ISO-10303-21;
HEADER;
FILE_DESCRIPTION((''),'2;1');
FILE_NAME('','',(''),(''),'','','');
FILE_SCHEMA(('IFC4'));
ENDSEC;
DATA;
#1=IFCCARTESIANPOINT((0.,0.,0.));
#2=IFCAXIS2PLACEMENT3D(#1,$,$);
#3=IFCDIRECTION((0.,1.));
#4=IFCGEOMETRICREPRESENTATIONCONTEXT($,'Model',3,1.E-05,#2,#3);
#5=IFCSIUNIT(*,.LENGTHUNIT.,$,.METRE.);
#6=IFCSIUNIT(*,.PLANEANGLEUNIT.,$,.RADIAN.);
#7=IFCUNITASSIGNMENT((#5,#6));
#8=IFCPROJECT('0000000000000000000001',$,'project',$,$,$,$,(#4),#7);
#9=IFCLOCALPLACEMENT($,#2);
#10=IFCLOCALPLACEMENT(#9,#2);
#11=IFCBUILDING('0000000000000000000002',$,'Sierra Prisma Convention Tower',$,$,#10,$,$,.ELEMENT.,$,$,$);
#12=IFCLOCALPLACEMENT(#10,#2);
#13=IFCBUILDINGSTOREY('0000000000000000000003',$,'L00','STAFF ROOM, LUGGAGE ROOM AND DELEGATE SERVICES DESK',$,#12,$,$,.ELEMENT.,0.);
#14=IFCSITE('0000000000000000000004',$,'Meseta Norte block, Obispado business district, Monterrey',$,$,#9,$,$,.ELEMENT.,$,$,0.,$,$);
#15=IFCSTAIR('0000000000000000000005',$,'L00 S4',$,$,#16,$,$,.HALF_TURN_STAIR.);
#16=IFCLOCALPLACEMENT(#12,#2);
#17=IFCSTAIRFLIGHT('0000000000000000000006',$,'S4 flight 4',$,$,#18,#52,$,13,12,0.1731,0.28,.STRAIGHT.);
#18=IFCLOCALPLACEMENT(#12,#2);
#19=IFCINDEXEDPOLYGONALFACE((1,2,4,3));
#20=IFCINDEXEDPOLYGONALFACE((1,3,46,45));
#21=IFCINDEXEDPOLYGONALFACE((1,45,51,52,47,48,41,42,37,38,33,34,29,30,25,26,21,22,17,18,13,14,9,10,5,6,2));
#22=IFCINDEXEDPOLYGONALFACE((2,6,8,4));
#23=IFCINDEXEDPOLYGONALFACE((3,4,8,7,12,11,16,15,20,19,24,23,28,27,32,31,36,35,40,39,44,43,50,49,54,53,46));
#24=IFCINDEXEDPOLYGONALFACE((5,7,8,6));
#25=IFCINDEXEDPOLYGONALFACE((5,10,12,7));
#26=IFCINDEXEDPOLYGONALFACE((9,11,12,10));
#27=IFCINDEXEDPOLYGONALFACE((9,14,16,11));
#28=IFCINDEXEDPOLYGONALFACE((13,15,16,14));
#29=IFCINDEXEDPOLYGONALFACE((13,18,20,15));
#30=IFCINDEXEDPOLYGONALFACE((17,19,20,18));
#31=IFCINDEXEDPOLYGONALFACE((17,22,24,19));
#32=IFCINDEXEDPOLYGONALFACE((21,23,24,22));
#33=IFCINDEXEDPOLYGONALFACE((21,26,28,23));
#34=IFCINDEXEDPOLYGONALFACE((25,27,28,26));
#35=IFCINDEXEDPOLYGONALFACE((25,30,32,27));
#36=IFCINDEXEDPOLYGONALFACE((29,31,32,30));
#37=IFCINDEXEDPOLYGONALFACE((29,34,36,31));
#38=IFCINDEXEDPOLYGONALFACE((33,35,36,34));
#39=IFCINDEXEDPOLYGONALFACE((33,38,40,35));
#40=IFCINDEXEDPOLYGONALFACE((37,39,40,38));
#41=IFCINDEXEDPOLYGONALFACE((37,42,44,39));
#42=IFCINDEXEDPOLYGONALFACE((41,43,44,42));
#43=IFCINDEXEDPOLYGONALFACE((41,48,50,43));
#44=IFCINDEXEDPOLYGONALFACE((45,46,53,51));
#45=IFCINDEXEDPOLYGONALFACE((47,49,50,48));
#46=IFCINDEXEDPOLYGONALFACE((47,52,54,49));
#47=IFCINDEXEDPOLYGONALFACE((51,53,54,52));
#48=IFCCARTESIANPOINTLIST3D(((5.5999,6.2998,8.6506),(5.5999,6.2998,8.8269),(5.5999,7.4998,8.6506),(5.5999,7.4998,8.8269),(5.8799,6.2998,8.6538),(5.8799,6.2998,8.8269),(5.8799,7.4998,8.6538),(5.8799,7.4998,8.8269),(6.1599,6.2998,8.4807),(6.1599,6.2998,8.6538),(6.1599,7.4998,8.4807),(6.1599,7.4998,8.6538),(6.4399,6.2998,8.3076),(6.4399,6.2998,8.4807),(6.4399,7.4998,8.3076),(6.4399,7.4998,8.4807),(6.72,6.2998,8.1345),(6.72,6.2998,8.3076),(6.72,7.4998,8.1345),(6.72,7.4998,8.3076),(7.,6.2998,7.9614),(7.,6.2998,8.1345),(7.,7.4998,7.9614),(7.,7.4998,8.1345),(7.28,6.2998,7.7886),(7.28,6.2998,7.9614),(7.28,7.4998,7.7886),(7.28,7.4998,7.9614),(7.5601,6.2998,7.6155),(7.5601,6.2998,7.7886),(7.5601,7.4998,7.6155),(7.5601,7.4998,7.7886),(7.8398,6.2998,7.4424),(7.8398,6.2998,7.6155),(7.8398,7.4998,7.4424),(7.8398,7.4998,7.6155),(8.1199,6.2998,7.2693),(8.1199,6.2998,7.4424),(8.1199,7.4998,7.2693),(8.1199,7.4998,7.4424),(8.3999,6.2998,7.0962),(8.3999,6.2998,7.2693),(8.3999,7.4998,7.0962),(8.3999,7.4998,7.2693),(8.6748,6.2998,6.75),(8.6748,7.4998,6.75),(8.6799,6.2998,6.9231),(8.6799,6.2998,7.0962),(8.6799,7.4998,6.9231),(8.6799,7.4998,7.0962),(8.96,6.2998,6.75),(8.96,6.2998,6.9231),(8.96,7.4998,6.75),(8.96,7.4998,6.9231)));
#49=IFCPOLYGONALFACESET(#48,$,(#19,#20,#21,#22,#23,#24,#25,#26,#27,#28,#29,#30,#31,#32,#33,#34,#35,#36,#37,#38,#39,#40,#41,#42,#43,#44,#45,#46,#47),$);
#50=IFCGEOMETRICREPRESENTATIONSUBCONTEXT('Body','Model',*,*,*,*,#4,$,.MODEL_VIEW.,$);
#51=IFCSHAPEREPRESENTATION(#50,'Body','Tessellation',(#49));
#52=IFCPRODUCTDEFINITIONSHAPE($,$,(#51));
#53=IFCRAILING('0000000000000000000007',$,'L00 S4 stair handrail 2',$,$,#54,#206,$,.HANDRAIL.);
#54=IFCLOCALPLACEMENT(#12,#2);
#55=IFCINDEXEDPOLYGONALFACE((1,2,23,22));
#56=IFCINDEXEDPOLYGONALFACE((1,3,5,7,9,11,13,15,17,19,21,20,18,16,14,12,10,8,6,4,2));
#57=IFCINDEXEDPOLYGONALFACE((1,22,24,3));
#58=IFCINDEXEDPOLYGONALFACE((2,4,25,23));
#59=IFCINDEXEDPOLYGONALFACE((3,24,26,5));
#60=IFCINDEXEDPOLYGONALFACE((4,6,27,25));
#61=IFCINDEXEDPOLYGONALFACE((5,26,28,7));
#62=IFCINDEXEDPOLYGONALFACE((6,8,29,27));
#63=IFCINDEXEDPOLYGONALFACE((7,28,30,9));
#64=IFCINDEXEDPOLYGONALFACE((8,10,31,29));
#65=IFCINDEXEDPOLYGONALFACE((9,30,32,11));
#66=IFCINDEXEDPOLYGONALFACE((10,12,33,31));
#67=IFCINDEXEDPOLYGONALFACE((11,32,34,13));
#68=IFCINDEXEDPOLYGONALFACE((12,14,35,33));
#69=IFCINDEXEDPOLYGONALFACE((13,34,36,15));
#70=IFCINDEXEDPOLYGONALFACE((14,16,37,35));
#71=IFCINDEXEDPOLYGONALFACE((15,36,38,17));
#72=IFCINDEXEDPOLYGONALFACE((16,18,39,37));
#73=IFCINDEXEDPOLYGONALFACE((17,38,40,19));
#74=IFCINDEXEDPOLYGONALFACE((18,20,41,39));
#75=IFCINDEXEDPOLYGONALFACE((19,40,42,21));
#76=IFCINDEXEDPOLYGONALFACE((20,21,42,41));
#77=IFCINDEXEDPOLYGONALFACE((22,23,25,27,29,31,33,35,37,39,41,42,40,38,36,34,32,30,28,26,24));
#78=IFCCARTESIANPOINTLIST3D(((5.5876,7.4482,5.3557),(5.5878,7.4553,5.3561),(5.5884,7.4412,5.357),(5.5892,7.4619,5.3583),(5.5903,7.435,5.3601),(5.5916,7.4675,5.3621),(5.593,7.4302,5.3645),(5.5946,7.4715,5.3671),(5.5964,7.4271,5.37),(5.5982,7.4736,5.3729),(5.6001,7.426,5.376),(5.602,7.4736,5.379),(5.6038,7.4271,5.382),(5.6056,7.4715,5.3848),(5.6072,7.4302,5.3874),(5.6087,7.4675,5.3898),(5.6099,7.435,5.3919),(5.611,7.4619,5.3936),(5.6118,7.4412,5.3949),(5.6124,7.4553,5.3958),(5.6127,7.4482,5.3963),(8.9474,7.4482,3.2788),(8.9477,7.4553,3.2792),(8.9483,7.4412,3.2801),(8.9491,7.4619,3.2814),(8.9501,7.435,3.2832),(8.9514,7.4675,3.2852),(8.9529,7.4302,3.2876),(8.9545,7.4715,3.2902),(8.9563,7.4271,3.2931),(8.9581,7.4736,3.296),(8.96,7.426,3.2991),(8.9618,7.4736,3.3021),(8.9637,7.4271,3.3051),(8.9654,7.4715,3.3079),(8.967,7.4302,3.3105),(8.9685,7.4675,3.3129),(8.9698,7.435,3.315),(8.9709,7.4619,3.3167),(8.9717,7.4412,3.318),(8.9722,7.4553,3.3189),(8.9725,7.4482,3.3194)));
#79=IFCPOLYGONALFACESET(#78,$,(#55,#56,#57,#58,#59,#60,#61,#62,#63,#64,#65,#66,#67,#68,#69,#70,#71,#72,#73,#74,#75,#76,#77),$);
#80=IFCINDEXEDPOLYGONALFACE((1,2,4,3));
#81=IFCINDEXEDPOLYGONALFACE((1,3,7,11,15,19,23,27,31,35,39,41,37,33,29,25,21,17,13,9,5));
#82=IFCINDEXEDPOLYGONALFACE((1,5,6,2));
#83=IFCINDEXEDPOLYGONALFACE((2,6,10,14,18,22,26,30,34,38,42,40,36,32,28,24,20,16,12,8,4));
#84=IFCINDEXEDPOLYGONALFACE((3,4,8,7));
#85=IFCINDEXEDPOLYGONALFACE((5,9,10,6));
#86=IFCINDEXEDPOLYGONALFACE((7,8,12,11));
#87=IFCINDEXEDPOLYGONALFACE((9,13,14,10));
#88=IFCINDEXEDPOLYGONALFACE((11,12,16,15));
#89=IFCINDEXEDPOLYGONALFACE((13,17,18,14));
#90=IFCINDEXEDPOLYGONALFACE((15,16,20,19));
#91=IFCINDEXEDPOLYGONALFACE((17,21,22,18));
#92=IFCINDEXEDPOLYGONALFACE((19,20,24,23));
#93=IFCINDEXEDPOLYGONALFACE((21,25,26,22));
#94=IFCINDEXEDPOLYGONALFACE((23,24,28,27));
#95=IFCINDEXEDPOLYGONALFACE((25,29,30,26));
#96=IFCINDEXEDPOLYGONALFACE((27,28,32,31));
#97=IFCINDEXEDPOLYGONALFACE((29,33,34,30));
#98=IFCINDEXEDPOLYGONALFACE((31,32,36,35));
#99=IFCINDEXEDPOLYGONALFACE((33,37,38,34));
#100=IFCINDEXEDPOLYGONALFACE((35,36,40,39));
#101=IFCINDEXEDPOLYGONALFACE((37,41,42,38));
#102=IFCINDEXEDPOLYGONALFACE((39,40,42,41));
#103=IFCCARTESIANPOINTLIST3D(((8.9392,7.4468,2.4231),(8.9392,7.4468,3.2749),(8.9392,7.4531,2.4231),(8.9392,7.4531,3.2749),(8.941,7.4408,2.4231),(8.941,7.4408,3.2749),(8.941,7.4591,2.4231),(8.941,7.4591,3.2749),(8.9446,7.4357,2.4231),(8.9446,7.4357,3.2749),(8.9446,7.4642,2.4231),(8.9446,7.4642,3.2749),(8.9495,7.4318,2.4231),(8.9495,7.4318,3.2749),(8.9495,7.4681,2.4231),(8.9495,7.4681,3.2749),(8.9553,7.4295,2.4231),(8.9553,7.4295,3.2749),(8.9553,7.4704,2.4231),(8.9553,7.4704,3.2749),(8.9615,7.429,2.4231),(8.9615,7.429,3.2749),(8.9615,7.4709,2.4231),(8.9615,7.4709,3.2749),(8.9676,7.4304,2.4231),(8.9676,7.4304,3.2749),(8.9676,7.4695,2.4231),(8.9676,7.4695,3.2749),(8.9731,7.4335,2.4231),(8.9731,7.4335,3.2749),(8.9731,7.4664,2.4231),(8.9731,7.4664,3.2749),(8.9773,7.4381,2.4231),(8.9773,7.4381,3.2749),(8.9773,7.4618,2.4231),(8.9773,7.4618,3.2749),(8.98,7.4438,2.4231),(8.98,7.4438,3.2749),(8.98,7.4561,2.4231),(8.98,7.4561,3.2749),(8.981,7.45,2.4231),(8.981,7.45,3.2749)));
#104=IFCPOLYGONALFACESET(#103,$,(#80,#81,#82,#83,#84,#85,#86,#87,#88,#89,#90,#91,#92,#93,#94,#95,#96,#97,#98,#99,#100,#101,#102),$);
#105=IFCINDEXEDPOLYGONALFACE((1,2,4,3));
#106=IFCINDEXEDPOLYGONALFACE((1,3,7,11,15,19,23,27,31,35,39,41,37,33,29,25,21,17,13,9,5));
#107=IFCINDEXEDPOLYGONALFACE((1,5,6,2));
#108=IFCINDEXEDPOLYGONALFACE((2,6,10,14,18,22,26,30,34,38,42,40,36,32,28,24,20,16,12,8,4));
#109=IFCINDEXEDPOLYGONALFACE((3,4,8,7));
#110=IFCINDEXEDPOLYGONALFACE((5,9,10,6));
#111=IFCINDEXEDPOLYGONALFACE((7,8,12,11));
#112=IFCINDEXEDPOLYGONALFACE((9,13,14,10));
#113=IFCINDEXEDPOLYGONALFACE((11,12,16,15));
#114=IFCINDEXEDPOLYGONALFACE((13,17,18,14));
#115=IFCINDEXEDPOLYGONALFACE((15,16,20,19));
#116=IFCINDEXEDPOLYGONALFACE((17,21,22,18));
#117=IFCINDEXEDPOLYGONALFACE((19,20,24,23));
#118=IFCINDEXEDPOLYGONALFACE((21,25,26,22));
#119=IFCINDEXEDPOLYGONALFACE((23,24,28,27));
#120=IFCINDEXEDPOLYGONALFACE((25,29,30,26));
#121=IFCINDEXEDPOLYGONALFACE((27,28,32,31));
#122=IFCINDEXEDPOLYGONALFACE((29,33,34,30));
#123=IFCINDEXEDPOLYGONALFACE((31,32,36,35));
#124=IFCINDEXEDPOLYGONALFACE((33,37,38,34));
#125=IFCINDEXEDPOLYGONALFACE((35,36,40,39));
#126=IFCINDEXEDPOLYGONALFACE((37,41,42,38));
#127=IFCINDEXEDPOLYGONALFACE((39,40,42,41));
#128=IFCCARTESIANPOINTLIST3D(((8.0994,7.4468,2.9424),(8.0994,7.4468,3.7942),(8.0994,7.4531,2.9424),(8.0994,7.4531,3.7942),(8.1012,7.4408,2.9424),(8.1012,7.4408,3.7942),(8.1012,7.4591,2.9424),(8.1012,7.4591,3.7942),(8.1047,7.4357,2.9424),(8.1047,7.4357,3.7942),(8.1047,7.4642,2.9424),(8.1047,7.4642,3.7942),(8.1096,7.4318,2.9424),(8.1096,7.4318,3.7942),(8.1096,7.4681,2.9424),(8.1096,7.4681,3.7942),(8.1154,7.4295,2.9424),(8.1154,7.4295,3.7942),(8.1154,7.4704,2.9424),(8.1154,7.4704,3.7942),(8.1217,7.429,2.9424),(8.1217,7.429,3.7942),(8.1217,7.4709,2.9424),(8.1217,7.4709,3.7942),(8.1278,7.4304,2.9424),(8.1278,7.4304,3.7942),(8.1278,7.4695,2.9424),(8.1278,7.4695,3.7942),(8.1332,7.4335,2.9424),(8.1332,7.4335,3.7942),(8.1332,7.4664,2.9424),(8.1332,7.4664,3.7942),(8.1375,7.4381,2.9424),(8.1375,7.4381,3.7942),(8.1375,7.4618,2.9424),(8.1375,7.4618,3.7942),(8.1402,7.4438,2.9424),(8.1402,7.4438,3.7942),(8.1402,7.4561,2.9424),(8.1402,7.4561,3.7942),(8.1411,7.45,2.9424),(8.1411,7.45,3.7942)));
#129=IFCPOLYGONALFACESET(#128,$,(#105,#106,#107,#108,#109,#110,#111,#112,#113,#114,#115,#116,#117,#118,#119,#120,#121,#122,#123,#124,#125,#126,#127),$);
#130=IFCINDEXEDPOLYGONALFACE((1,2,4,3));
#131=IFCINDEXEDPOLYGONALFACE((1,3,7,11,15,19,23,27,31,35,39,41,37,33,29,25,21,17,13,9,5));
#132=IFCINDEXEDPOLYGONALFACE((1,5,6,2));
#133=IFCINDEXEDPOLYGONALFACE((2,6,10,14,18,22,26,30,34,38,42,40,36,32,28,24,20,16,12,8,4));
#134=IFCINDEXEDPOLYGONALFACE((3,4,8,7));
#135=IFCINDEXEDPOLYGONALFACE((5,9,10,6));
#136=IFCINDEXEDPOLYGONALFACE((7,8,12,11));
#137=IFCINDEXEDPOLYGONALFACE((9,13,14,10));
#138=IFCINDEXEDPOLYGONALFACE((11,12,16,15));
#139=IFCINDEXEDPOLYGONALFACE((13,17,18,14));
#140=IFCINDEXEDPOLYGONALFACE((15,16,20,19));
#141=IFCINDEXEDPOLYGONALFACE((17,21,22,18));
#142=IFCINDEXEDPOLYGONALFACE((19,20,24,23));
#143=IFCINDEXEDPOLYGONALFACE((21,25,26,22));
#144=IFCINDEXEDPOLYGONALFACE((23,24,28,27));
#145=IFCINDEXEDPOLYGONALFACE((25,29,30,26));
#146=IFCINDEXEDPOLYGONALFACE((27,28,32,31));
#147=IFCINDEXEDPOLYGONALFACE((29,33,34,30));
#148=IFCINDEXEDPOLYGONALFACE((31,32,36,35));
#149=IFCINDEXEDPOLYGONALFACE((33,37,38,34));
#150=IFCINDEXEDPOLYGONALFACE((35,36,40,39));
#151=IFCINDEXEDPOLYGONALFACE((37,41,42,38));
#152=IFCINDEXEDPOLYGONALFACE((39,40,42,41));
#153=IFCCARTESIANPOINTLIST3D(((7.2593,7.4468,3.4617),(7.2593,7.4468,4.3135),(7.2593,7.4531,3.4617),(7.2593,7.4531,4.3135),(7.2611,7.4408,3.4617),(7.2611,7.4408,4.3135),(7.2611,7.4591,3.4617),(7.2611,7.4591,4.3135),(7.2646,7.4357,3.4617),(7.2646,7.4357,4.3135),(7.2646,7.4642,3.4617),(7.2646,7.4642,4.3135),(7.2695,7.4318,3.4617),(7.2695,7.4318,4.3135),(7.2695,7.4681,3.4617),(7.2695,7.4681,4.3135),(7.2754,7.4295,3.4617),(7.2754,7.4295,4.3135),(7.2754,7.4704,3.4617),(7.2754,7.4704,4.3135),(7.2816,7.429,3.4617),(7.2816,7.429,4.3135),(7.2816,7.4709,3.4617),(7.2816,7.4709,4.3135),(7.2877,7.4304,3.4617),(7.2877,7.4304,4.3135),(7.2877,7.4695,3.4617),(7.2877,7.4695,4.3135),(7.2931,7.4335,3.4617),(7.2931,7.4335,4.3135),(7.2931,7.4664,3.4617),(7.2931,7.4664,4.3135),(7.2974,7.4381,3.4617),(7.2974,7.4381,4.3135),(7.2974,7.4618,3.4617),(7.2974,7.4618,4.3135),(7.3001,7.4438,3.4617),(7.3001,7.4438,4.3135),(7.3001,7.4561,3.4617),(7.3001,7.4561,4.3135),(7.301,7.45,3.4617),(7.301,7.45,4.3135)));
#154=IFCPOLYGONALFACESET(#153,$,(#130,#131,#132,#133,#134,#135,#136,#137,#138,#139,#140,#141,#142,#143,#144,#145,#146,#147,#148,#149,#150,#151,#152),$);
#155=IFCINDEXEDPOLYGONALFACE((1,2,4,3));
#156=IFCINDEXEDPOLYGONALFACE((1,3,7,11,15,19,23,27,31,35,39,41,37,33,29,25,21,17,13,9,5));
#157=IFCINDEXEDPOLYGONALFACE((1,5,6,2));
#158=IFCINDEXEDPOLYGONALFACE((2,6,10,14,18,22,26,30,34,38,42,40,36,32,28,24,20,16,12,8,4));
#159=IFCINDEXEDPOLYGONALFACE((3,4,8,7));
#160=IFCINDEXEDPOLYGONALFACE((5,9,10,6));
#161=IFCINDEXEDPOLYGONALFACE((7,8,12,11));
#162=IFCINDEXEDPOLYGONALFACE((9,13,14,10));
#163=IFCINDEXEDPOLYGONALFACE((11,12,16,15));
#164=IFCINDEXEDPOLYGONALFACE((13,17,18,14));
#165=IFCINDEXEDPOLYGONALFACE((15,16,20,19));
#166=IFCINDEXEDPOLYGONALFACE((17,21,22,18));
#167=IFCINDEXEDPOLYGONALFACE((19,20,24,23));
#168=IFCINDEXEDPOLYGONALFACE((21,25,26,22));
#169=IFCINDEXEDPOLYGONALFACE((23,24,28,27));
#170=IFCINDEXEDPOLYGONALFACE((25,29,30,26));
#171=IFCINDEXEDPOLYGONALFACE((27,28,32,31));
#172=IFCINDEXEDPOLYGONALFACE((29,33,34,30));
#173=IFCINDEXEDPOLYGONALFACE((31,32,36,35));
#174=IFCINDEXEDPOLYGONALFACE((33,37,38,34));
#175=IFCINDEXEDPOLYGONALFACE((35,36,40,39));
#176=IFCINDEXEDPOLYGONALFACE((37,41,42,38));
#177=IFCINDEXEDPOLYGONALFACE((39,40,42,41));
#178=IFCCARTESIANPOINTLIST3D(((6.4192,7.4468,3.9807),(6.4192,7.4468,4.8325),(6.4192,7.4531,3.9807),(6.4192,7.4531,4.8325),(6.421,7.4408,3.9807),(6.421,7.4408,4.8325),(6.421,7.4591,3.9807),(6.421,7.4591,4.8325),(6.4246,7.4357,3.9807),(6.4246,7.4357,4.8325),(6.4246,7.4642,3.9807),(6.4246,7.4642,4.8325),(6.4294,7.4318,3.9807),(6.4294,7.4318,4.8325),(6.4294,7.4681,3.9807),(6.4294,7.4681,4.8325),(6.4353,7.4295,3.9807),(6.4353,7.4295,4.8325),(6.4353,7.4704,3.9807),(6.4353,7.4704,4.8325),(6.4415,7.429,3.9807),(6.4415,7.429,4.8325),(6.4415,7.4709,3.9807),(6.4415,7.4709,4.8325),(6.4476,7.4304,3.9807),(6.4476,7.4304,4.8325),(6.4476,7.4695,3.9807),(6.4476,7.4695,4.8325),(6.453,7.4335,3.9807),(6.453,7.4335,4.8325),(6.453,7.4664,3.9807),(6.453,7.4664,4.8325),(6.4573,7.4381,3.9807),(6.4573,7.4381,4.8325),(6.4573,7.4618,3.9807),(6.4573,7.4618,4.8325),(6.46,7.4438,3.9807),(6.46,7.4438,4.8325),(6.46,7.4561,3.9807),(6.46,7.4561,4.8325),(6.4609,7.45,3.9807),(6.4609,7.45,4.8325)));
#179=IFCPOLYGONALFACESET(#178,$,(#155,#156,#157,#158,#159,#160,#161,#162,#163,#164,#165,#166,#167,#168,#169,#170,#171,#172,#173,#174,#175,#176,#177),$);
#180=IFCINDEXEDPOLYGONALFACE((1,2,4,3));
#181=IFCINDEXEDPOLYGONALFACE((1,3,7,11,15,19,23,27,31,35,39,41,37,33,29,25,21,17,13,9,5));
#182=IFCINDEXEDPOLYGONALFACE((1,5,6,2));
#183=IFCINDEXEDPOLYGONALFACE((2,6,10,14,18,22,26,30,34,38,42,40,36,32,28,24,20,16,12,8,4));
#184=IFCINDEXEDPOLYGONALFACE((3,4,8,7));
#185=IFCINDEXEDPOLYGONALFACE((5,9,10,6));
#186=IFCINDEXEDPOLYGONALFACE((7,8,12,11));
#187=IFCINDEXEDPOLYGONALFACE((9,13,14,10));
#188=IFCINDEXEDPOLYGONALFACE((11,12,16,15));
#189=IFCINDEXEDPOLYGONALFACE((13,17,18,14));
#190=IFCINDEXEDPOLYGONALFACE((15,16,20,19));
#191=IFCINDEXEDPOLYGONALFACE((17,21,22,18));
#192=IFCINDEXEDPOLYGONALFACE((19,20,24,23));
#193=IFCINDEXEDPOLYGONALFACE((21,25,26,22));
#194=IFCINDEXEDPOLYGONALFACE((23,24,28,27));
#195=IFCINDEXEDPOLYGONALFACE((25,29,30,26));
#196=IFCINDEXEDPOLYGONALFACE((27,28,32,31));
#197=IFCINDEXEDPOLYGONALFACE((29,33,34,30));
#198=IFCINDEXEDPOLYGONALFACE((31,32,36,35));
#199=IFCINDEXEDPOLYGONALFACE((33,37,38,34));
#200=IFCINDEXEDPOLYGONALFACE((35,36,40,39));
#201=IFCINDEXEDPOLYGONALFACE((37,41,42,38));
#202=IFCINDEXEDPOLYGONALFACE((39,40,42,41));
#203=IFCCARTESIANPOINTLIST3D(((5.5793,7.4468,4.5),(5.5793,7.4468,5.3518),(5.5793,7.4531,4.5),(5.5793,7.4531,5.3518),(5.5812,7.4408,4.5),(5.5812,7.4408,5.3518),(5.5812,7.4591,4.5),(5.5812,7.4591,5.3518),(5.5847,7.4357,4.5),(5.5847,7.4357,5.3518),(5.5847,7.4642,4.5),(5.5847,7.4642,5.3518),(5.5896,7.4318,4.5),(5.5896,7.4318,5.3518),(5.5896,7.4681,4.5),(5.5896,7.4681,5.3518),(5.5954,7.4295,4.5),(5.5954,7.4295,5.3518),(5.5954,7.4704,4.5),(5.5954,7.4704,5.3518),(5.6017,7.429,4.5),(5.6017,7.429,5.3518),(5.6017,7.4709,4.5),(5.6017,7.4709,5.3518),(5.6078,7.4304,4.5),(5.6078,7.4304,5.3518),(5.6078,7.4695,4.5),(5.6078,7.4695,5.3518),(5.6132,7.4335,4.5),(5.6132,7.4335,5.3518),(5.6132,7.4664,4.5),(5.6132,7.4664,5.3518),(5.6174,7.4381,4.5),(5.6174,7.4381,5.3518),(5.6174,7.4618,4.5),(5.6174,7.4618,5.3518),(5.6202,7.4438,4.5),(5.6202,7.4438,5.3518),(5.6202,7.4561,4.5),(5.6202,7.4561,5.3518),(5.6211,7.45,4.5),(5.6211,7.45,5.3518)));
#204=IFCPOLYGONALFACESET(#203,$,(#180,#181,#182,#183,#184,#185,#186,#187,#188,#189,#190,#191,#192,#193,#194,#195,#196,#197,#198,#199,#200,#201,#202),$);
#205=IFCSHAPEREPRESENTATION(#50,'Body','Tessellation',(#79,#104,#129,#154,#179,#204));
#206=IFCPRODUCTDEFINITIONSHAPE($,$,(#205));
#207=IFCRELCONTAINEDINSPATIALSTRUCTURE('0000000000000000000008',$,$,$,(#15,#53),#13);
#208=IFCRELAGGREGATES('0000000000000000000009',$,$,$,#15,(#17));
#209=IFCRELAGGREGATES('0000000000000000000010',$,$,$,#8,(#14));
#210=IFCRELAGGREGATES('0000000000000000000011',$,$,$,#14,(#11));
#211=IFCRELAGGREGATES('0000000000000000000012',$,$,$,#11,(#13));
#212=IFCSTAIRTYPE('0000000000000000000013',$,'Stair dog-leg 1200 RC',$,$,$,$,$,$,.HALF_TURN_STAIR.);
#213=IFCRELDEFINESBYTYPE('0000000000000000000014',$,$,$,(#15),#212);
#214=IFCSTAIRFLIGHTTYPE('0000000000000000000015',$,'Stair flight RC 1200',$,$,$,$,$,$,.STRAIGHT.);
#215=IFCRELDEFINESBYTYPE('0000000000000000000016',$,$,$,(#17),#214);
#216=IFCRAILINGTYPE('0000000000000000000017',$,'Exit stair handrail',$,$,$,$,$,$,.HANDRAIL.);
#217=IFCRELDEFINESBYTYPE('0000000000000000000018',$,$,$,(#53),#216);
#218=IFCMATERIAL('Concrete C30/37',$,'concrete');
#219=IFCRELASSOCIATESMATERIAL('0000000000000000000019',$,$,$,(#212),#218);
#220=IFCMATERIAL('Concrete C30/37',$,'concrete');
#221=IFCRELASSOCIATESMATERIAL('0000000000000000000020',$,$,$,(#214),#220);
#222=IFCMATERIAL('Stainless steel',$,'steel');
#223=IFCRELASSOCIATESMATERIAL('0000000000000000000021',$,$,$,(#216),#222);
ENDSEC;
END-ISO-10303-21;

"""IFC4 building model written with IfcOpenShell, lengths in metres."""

from ifc_helpers import new_model, si_unit, direction, frame, origin, origin_2d, place, context, subcontext, project, spatial, polyline, circle, outline, extrude, material, type_object, element, aggregate, save


model = new_model("IFC4")

# Units and contexts
model_context = context("Model", 3, precision=1e-05, world=origin(), true_north=direction((0.0, 1.0)))
body_context = subcontext(model_context, "Body", "Model", "MODEL_VIEW")
ifc_project = project(units=[si_unit("LENGTHUNIT", "METRE"), si_unit("PLANEANGLEUNIT", "RADIAN")], contexts=[model_context])

# Site, building, storey
site_placement = place(None, origin())
site = spatial("IfcSite", under=ifc_project, at=site_placement, Name="Meseta Norte block, Obispado business district, Monterrey", CompositionType="ELEMENT", RefElevation=0.0)
building_placement = place(site_placement, origin())
building = spatial("IfcBuilding", under=site, at=building_placement, Name="Sierra Prisma Convention Tower", CompositionType="ELEMENT")
storey_placement = place(building_placement, origin())
storey = spatial("IfcBuildingStorey", under=building, at=storey_placement, Name="L00", Description="STAFF ROOM, LUGGAGE ROOM AND DELEGATE SERVICES DESK", CompositionType="ELEMENT", Elevation=0.0)

# Stair, stair flight
ifc_material_1 = material(Name="Concrete C30/37", Category="concrete")
stair_type = type_object("IfcStairType", Name="Stair dog-leg 1200 RC", PredefinedType="HALF_TURN_STAIR", material=ifc_material_1)
stair_placement = place(storey_placement, origin())
stair = element("IfcStair", 1, at=stair_placement, inside=storey, type_object=stair_type, Name="L00 S4", PredefinedType="HALF_TURN_STAIR")
ifc_material_2 = material(Name="Concrete C30/37", Category="concrete")
stair_flight_type = type_object("IfcStairFlightType", Name="Stair flight RC 1200", PredefinedType="STRAIGHT", material=ifc_material_2)
stair_flight_1_placement = place(storey_placement, frame((8.96, 6.8999, 6.75), z_axis=(0.0, 0.0, 1.0), x_axis=(-1.0, 0.0, 0.0)))
stair_flight_1 = element("IfcStairFlight", 2, at=stair_flight_1_placement, type_object=stair_flight_type, Name="S4 flight 4", NumberOfRisers=13, NumberOfTreads=12, PredefinedType="STRAIGHT", RiserHeight=0.1731, TreadLength=0.28, context=body_context, shape_type="SweptSolid", body=[
    extrude(outline(polyline([(0.0, 0.0), (0.0, 0.1731), (0.28, 0.1731), (0.28, 0.3462), (0.5601, 0.3462), (0.5601, 0.5193), (0.8401, 0.5193), (0.8401, 0.6924), (1.1201, 0.6924), (1.1201, 0.8655), (1.3999, 0.8655), (1.3999, 1.0386), (1.6799, 1.0386), (1.6799, 1.2114), (1.96, 1.2114), (1.96, 1.3845), (2.24, 1.3845), (2.24, 1.5576), (2.52, 1.5576), (2.52, 1.7307), (2.8, 1.7307), (2.8, 1.9038), (3.0801, 1.9038), (3.0801, 2.0769), (3.3601, 2.0769), (3.3601, 2.25), (3.3601, 1.9006), (0.2852, 0.0), (0.0, 0.0)])), frame((0.0, 0.6001, 0.0), z_axis=(0.0, -1.0, 0.0), x_axis=(1.0, 0.0, 0.0)), (0.0, 0.0, 1.0), 1.2),
])
aggregate(stair, [stair_flight_1])

# Railing
ifc_material_3 = material(Name="Stainless steel", Category="steel")
railing_type_1 = type_object("IfcRailingType", Name="Exit stair handrail", PredefinedType="HANDRAIL", material=ifc_material_3)
for number, where, name in (
    (3, (8.96, 7.45, 2.4231), "L00 S4 stair handrail 2"),
):
    element("IfcRailing", number, at=place(storey_placement, frame(where)), inside=storey, type_object=railing_type_1, Name=name, PredefinedType="HANDRAIL", context=body_context, shape_type="SweptSolid", body=[
        extrude(circle(Radius=0.0239, at=origin_2d()), frame((0.0, 0.0, 0.876), z_axis=(-0.850606, 0.0, 0.525803), x_axis=(0.0, -1.0, 0.0)), (0.0, 0.0, 1.0), 3.95),
        extrude(circle(Radius=0.021, at=origin_2d()), origin(), (0.0, 0.0, 1.0), 0.8518),
        extrude(circle(Radius=0.021, at=origin_2d()), frame((-0.8398, 0.0, 0.5193)), (0.0, 0.0, 1.0), 0.8518),
        extrude(circle(Radius=0.021, at=origin_2d()), frame((-1.6799, 0.0, 1.0386)), (0.0, 0.0, 1.0), 0.8518),
        extrude(circle(Radius=0.021, at=origin_2d()), frame((-2.52, 0.0, 1.5576)), (0.0, 0.0, 1.0), 0.8518),
        extrude(circle(Radius=0.021, at=origin_2d()), frame((-3.3599, 0.0, 2.0769)), (0.0, 0.0, 1.0), 0.8518),
    ])

save(model, "model.ifc")
